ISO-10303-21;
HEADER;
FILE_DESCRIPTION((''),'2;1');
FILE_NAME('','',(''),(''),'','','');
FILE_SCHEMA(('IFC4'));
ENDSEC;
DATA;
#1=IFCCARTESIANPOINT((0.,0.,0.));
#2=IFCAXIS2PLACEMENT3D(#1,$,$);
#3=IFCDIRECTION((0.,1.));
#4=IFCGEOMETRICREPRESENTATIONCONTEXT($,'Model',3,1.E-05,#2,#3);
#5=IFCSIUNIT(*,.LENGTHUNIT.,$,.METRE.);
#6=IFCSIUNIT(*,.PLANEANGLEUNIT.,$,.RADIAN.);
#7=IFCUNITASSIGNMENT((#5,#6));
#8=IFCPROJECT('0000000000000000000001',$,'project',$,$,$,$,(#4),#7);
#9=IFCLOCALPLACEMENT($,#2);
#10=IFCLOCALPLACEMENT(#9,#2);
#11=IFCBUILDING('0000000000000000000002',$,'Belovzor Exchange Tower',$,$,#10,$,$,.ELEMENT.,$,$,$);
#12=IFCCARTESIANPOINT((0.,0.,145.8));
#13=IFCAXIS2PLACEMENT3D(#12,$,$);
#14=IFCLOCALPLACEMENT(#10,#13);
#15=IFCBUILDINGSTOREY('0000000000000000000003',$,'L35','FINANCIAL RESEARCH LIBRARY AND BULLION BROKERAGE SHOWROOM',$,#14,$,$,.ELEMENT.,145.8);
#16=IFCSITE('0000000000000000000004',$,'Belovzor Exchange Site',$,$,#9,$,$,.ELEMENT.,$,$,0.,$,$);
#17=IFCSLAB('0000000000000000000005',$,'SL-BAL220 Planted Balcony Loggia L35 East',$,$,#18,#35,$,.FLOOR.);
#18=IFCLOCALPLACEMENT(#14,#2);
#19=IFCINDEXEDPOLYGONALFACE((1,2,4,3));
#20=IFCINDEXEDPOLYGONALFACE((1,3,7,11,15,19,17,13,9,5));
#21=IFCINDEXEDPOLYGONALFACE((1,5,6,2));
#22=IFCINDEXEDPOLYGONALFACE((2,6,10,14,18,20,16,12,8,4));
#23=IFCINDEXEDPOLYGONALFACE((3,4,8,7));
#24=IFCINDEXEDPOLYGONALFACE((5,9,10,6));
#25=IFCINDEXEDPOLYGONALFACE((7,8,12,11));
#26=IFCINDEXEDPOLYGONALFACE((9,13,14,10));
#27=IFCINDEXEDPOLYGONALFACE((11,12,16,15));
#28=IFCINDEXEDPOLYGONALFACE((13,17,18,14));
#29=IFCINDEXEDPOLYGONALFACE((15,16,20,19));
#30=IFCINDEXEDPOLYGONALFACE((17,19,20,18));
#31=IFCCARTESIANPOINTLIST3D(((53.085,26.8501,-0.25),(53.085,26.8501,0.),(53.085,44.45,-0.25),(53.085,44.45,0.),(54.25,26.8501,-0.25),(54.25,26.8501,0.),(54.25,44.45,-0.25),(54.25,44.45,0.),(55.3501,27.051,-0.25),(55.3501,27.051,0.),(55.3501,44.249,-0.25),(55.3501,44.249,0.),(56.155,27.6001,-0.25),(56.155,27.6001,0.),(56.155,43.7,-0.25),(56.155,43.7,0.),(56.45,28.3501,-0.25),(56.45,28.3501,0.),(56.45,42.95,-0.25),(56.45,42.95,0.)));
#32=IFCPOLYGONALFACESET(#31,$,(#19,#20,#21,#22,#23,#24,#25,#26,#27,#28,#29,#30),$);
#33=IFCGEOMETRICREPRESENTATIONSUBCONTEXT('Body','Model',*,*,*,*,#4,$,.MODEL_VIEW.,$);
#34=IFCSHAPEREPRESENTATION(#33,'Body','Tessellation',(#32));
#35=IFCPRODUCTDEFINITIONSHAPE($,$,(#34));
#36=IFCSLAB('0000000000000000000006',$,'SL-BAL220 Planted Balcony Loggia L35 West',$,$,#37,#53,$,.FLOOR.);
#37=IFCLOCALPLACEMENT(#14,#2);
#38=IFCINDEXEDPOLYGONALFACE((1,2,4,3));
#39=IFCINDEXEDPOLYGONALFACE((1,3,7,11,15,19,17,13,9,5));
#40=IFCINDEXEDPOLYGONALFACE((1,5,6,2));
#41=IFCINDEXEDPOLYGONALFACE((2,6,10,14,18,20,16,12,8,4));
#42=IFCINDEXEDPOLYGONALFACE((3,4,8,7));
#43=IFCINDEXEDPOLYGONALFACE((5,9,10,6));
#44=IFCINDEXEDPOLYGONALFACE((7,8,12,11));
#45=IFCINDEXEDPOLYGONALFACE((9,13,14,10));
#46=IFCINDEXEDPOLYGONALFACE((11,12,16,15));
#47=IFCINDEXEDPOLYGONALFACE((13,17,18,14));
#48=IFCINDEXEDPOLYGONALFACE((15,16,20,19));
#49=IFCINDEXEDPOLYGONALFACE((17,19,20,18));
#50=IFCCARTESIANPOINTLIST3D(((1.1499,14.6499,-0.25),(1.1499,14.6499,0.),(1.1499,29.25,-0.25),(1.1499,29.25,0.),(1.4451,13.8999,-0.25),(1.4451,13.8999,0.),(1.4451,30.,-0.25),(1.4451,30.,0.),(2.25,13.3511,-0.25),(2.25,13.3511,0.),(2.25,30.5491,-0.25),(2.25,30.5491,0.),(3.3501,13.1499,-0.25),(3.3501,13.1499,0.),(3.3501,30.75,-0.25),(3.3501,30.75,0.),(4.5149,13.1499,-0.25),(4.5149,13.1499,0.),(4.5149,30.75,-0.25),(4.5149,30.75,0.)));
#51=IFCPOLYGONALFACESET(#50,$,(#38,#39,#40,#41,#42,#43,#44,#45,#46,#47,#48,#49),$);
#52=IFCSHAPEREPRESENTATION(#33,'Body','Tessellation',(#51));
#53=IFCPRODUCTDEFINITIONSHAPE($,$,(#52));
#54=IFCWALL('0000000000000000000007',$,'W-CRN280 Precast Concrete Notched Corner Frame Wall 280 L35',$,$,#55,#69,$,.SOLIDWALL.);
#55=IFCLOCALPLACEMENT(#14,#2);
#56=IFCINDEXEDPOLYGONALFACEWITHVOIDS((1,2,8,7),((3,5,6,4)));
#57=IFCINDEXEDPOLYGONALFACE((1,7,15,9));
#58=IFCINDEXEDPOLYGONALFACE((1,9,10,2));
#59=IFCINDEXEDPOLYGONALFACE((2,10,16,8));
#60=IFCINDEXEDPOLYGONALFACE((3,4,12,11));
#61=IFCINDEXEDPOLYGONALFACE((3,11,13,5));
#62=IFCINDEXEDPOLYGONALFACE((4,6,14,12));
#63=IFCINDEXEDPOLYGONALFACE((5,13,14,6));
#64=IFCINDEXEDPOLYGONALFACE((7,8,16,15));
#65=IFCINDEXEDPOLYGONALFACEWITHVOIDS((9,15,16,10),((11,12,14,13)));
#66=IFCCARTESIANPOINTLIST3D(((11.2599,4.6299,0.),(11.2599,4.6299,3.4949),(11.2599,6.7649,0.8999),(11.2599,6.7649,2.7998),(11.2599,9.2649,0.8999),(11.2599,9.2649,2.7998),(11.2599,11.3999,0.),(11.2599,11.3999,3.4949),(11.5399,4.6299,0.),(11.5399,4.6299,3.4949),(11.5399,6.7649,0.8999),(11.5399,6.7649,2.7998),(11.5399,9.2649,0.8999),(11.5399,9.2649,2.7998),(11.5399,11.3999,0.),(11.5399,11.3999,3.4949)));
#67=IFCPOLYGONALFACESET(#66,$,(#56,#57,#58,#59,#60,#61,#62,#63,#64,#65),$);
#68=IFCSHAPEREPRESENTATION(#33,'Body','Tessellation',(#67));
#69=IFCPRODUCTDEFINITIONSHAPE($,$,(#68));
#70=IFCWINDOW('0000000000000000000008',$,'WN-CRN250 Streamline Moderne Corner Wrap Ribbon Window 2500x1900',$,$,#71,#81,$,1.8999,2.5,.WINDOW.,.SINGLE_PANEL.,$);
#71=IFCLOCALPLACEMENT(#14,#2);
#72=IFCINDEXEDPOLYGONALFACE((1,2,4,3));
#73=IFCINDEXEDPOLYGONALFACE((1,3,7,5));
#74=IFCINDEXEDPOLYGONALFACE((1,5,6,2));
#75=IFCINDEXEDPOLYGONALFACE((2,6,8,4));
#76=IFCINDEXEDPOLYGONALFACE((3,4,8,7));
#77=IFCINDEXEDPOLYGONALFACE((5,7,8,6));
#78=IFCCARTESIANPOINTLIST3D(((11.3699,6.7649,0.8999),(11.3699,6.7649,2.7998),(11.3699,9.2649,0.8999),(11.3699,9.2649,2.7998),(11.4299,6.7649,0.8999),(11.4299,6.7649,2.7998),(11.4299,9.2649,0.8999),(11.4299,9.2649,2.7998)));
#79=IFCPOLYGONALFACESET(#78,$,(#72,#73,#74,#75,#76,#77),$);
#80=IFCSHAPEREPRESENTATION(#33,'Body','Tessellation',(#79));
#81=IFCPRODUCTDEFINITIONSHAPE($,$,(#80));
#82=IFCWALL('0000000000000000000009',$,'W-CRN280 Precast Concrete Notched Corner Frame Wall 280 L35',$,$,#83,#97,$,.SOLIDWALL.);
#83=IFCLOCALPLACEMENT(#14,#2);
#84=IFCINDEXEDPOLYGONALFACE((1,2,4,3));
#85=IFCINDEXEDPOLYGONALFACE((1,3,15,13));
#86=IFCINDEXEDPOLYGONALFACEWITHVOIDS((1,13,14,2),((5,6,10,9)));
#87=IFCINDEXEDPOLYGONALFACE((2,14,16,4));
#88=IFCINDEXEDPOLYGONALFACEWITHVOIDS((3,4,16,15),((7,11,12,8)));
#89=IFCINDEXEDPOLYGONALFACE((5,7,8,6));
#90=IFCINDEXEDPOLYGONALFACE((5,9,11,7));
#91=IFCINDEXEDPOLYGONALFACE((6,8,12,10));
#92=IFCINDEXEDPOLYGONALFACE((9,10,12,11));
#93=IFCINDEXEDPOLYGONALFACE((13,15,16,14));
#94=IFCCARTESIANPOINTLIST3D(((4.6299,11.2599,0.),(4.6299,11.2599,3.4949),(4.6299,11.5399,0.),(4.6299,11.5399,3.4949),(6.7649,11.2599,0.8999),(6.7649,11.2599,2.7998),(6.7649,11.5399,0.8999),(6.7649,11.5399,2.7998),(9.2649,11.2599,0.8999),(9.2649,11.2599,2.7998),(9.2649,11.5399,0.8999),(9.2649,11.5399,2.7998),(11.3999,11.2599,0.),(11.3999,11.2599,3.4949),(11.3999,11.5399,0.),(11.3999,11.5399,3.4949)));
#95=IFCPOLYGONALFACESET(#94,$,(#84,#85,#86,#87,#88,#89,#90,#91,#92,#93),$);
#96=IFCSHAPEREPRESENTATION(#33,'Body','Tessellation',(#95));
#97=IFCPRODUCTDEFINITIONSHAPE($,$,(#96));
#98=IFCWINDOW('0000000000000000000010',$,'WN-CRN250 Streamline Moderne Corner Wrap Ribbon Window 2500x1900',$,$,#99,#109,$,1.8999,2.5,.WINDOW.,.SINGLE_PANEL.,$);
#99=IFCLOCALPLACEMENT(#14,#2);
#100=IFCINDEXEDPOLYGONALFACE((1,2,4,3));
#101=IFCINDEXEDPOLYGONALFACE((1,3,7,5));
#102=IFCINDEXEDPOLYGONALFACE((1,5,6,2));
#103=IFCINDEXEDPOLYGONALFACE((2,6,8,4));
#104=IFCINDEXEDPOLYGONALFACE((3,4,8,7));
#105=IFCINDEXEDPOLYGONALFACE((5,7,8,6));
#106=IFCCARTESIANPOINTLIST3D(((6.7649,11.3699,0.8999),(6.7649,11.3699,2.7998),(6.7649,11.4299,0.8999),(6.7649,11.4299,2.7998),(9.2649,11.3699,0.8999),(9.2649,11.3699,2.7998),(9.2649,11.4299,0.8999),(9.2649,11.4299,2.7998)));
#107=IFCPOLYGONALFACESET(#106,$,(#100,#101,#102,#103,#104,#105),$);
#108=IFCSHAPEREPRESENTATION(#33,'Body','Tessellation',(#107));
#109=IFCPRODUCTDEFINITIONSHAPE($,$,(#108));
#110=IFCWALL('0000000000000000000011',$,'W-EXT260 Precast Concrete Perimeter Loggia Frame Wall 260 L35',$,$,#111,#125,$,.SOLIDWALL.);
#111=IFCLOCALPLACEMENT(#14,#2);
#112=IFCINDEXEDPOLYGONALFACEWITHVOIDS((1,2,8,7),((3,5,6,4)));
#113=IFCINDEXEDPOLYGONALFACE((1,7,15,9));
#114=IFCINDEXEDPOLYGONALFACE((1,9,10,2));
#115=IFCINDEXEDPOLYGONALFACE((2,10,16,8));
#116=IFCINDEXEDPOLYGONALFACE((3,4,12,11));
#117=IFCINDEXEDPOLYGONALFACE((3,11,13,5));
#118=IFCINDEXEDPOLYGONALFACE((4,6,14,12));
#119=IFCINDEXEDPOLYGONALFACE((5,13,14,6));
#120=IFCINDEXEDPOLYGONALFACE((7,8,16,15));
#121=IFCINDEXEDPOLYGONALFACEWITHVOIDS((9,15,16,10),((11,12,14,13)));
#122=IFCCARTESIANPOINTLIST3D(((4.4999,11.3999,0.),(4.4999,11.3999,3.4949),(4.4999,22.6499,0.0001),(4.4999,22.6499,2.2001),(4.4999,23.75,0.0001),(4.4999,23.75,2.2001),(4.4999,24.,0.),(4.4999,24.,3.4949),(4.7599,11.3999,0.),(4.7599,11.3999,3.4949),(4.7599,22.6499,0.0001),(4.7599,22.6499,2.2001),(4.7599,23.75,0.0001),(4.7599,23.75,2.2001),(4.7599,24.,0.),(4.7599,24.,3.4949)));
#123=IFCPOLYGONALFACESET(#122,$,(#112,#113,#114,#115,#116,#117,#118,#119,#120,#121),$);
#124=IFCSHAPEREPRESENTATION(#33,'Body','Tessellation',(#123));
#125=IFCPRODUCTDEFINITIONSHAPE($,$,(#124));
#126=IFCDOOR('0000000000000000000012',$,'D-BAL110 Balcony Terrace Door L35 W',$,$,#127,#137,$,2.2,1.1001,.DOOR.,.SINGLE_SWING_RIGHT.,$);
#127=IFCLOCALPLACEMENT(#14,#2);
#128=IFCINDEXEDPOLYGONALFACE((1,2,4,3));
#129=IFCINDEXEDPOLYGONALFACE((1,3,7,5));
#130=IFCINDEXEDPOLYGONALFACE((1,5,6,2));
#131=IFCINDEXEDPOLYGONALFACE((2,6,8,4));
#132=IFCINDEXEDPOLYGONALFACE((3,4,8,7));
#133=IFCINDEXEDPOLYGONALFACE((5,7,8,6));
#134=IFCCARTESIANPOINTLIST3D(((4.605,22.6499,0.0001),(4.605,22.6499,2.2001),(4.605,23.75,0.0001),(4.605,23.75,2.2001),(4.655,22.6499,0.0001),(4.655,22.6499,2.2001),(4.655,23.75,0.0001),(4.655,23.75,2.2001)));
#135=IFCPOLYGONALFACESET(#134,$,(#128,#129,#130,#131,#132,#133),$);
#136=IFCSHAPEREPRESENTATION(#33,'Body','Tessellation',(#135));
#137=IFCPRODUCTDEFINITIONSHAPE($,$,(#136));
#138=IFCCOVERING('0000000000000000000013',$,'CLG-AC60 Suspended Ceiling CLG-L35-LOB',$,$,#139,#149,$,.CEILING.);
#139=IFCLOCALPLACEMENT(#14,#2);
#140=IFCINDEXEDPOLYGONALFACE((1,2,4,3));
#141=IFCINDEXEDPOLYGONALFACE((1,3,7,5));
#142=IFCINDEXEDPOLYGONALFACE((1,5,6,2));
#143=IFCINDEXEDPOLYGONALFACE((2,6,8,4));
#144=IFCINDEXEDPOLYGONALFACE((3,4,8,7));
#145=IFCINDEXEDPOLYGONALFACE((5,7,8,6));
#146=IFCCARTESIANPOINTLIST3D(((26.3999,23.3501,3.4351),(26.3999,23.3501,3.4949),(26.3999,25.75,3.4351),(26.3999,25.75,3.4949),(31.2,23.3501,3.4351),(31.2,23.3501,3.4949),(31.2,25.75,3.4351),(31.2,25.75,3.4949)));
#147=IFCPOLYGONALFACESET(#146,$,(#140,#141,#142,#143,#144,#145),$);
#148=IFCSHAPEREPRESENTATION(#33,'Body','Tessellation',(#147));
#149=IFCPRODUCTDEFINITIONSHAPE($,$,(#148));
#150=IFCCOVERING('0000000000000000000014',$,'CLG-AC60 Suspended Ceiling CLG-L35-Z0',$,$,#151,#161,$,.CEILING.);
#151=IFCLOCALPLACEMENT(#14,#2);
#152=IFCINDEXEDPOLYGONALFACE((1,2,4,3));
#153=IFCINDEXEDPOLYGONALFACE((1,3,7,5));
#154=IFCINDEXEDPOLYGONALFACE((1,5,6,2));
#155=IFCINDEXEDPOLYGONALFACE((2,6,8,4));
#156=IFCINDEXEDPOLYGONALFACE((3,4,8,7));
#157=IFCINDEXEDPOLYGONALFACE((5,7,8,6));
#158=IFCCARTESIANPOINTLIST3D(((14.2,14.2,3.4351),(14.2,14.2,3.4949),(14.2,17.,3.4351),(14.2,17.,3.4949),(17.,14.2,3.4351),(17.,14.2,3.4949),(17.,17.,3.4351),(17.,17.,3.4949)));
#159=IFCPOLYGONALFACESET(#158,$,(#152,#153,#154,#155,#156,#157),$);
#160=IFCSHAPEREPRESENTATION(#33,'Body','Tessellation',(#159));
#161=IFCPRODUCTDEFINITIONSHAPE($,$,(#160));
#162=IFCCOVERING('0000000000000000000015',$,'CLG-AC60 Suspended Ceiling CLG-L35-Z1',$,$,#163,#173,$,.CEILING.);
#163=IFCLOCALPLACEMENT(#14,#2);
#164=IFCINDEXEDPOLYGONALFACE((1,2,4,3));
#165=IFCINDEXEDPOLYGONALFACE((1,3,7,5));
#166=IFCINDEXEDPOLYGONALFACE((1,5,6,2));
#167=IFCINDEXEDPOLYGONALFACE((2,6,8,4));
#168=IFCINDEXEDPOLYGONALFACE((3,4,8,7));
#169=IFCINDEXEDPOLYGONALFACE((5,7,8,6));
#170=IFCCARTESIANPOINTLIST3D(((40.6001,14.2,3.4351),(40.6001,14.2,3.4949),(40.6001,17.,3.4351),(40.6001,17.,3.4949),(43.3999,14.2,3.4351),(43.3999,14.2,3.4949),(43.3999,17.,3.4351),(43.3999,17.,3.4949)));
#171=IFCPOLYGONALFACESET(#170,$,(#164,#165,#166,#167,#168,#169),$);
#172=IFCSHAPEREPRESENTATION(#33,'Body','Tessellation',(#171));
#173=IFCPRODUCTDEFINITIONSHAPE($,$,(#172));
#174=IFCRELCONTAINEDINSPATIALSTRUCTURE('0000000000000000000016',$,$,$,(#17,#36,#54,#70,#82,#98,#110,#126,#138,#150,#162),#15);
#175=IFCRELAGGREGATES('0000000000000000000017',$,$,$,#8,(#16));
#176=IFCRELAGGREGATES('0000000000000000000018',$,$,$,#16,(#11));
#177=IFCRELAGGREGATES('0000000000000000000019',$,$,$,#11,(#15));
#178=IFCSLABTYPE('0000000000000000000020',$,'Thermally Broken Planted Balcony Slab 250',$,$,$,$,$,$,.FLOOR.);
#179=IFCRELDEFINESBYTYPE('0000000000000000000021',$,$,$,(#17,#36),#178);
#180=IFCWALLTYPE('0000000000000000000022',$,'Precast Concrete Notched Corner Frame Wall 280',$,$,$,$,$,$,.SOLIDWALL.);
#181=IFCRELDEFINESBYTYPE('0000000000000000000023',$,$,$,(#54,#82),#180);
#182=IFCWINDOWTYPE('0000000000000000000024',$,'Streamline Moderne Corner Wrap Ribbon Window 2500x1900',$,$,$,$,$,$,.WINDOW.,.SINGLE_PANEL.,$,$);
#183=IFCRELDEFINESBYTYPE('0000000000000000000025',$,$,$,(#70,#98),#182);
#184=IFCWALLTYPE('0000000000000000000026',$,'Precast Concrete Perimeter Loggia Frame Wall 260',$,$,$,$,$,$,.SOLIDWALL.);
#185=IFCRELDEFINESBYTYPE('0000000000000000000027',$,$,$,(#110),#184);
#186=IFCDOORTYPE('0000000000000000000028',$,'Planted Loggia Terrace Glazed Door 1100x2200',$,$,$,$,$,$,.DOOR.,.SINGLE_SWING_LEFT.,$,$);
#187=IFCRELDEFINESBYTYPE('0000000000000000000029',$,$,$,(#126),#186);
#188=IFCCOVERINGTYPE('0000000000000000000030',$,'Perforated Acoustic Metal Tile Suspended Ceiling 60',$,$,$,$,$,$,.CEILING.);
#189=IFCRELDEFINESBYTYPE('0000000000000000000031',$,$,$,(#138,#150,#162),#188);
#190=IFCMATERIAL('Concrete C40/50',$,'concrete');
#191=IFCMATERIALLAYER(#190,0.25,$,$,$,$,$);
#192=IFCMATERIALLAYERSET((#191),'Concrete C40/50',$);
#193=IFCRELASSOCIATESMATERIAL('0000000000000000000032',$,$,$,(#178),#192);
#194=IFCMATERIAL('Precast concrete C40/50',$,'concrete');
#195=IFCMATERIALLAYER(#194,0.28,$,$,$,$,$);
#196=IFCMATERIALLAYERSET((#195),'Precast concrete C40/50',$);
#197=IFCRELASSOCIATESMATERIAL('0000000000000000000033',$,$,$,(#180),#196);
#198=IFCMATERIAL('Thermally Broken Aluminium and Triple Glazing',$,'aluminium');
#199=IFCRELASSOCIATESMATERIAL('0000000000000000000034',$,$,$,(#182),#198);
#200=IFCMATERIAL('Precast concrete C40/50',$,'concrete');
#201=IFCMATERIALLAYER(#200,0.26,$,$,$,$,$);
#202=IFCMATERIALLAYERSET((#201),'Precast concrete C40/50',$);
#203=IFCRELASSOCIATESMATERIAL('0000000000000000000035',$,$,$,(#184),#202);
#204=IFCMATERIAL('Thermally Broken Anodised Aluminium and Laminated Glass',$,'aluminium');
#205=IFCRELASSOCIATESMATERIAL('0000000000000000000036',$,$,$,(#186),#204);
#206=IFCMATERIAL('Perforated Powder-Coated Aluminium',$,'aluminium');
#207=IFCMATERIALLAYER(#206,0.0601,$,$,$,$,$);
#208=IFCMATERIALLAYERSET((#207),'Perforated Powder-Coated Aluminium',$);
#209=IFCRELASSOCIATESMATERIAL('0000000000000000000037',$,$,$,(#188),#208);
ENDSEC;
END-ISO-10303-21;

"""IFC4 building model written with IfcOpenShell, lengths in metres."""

from ifc_helpers import new_model, si_unit, direction, frame, frame_2d, origin, place, context, subcontext, project, spatial, polyline, rectangle, outline, extrude, material, layer, layer_set, type_object, element, fill, save


model = new_model("IFC4")

# Units and contexts
model_context = context("Model", 3, precision=1e-05, world=origin(), true_north=direction((0.0, 1.0)))
body_context = subcontext(model_context, "Body", "Model", "MODEL_VIEW")
ifc_project = project(units=[si_unit("LENGTHUNIT", "METRE"), si_unit("PLANEANGLEUNIT", "RADIAN")], contexts=[model_context])

# Site, building, storey
site_placement = place(None, origin())
site = spatial("IfcSite", under=ifc_project, at=site_placement, Name="Belovzor Exchange Site", CompositionType="ELEMENT", RefElevation=0.0)
building_placement = place(site_placement, origin())
building = spatial("IfcBuilding", under=site, at=building_placement, Name="Belovzor Exchange Tower", CompositionType="ELEMENT")
storey_placement = place(building_placement, frame((0.0, 0.0, 145.8)))
storey = spatial("IfcBuildingStorey", under=building, at=storey_placement, Name="L35", Description="FINANCIAL RESEARCH LIBRARY AND BULLION BROKERAGE SHOWROOM", CompositionType="ELEMENT", Elevation=145.8)

# Slabs
ifc_material_1 = material(Name="Concrete C40/50", Category="concrete")
ifc_layer_1 = layer(ifc_material_1, 0.25)
ifc_layer_set_1 = layer_set([ifc_layer_1], Name="Concrete C40/50")
slab_type_1 = type_object("IfcSlabType", Name="Thermally Broken Planted Balcony Slab 250", PredefinedType="FLOOR", material=ifc_layer_set_1)
slab_1_placement = place(storey_placement, frame((0.0, 0.0, -0.25)))
element("IfcSlab", 1, at=slab_1_placement, inside=storey, type_object=slab_type_1, Name="SL-BAL220 Planted Balcony Loggia L35 East", PredefinedType="FLOOR", context=body_context, shape_type="SweptSolid", body=[
    extrude(outline(polyline([(53.085, 26.8501), (54.25, 26.8501), (55.3501, 27.051), (56.155, 27.6001), (56.45, 28.3501), (56.45, 42.95), (56.155, 43.7), (55.3501, 44.249), (54.25, 44.45), (53.085, 44.45), (53.085, 26.8501)])), origin(), (0.0, 0.0, 1.0), 0.25),
])
slab_2_placement = place(storey_placement, frame((0.0, 0.0, -0.25)))
element("IfcSlab", 2, at=slab_2_placement, inside=storey, type_object=slab_type_1, Name="SL-BAL220 Planted Balcony Loggia L35 West", PredefinedType="FLOOR", context=body_context, shape_type="SweptSolid", body=[
    extrude(outline(polyline([(4.5149, 30.75), (3.3501, 30.75), (2.25, 30.5491), (1.4451, 30.0), (1.1499, 29.25), (1.1499, 14.6499), (1.4451, 13.8999), (2.25, 13.3511), (3.3501, 13.1499), (4.5149, 13.1499), (4.5149, 30.75)])), origin(), (0.0, 0.0, 1.0), 0.25),
])

# Walls, openings, windows
ifc_material_2 = material(Name="Precast concrete C40/50", Category="concrete")
ifc_layer_2 = layer(ifc_material_2, 0.28)
ifc_layer_set_2 = layer_set([ifc_layer_2], Name="Precast concrete C40/50")
wall_type_1 = type_object("IfcWallType", Name="Precast Concrete Notched Corner Frame Wall 280", PredefinedType="SOLIDWALL", material=ifc_layer_set_2)
wall_1_placement = place(storey_placement, frame((11.3999, 4.6299, 0.0), z_axis=(0.0, 0.0, 1.0), x_axis=(0.0, 1.0, 0.0)))
wall_1 = element("IfcWall", 3, at=wall_1_placement, inside=storey, type_object=wall_type_1, Name="W-CRN280 Precast Concrete Notched Corner Frame Wall 280 L35", PredefinedType="SOLIDWALL", context=body_context, shape_type="SweptSolid", body=[
    extrude(rectangle(XDim=6.77, YDim=0.28, at=frame_2d((3.385, 0.0))), origin(), (0.0, 0.0, 1.0), 3.4949),
])
opening_1_placement = place(wall_1_placement, frame((2.135, 0.0, 0.8999)))
opening_1 = element("IfcOpeningElement", 4, at=opening_1_placement, cuts=wall_1, PredefinedType="OPENING", context=body_context, shape_type="SweptSolid", body=[
    extrude(rectangle(XDim=2.5, YDim=1.8999, at=frame_2d((1.25, 0.95))), frame((0.0, 0.1499, 0.0), z_axis=(0.0, -1.0, 0.0), x_axis=(1.0, 0.0, 0.0)), (0.0, 0.0, 1.0), 0.3),
])
ifc_material_3 = material(Name="Thermally Broken Aluminium and Triple Glazing", Category="aluminium")
window_type = type_object("IfcWindowType", Name="Streamline Moderne Corner Wrap Ribbon Window 2500x1900", PartitioningType="SINGLE_PANEL", PredefinedType="WINDOW", material=ifc_material_3)
window_1_placement = place(opening_1_placement, origin())
window_1 = element("IfcWindow", 5, at=window_1_placement, inside=storey, type_object=window_type, Name="WN-CRN250 Streamline Moderne Corner Wrap Ribbon Window 2500x1900", OverallHeight=1.8999, OverallWidth=2.5, PartitioningType="SINGLE_PANEL", PredefinedType="WINDOW", context=body_context, shape_type="SweptSolid", body=[
    extrude(rectangle(XDim=2.5, YDim=1.8999, at=frame_2d((1.25, 0.95))), frame((0.0, 0.03, 0.0), z_axis=(0.0, -1.0, 0.0), x_axis=(1.0, 0.0, 0.0)), (0.0, 0.0, 1.0), 0.0601),
])
fill(opening_1, window_1)
wall_2_placement = place(storey_placement, frame((11.3999, 11.3999, 0.0), z_axis=(0.0, 0.0, 1.0), x_axis=(-1.0, 0.0, 0.0)))
wall_2 = element("IfcWall", 6, at=wall_2_placement, inside=storey, type_object=wall_type_1, Name="W-CRN280 Precast Concrete Notched Corner Frame Wall 280 L35", PredefinedType="SOLIDWALL", context=body_context, shape_type="SweptSolid", body=[
    extrude(rectangle(XDim=6.77, YDim=0.28, at=frame_2d((3.385, 0.0))), origin(), (0.0, 0.0, 1.0), 3.4949),
])
opening_2_placement = place(wall_2_placement, frame((2.135, 0.0, 0.8999)))
opening_2 = element("IfcOpeningElement", 7, at=opening_2_placement, cuts=wall_2, PredefinedType="OPENING", context=body_context, shape_type="SweptSolid", body=[
    extrude(rectangle(XDim=2.5, YDim=1.8999, at=frame_2d((1.25, 0.95))), frame((0.0, 0.1499, 0.0), z_axis=(0.0, -1.0, 0.0), x_axis=(1.0, 0.0, 0.0)), (0.0, 0.0, 1.0), 0.3),
])
window_2_placement = place(opening_2_placement, origin())
window_2 = element("IfcWindow", 8, at=window_2_placement, inside=storey, type_object=window_type, Name="WN-CRN250 Streamline Moderne Corner Wrap Ribbon Window 2500x1900", OverallHeight=1.8999, OverallWidth=2.5, PartitioningType="SINGLE_PANEL", PredefinedType="WINDOW", context=body_context, shape_type="SweptSolid", body=[
    extrude(rectangle(XDim=2.5, YDim=1.8999, at=frame_2d((1.25, 0.95))), frame((0.0, 0.03, 0.0), z_axis=(0.0, -1.0, 0.0), x_axis=(1.0, 0.0, 0.0)), (0.0, 0.0, 1.0), 0.0601),
])
fill(opening_2, window_2)

# Wall, opening, door
ifc_material_4 = material(Name="Precast concrete C40/50", Category="concrete")
ifc_layer_3 = layer(ifc_material_4, 0.26)
ifc_layer_set_3 = layer_set([ifc_layer_3], Name="Precast concrete C40/50")
wall_type_2 = type_object("IfcWallType", Name="Precast Concrete Perimeter Loggia Frame Wall 260", PredefinedType="SOLIDWALL", material=ifc_layer_set_3)
wall_3_placement = place(storey_placement, frame((4.6299, 11.3999, 0.0), z_axis=(0.0, 0.0, 1.0), x_axis=(0.0, 1.0, 0.0)))
wall_3 = element("IfcWall", 9, at=wall_3_placement, inside=storey, type_object=wall_type_2, Name="W-EXT260 Precast Concrete Perimeter Loggia Frame Wall 260 L35", PredefinedType="SOLIDWALL", context=body_context, shape_type="SweptSolid", body=[
    extrude(rectangle(XDim=12.6001, YDim=0.26, at=frame_2d((6.3, 0.0))), origin(), (0.0, 0.0, 1.0), 3.4949),
])
opening_3_placement = place(wall_3_placement, frame((11.25, 0.0, 0.0)))
opening_3 = element("IfcOpeningElement", 10, at=opening_3_placement, cuts=wall_3, PredefinedType="OPENING", context=body_context, shape_type="SweptSolid", body=[
    extrude(rectangle(XDim=1.1001, YDim=2.2, at=frame_2d((0.55, 1.1001))), frame((0.0, 0.1399, 0.0), z_axis=(0.0, -1.0, 0.0), x_axis=(1.0, 0.0, 0.0)), (0.0, 0.0, 1.0), 0.28),
])
ifc_material_5 = material(Name="Thermally Broken Anodised Aluminium and Laminated Glass", Category="aluminium")
door_type = type_object("IfcDoorType", Name="Planted Loggia Terrace Glazed Door 1100x2200", OperationType="SINGLE_SWING_LEFT", PredefinedType="DOOR", material=ifc_material_5)
door_placement = place(opening_3_placement, origin())
door = element("IfcDoor", 11, at=door_placement, inside=storey, type_object=door_type, Name="D-BAL110 Balcony Terrace Door L35 W", OperationType="SINGLE_SWING_RIGHT", OverallHeight=2.2, OverallWidth=1.1001, PredefinedType="DOOR", context=body_context, shape_type="SweptSolid", body=[
    extrude(rectangle(XDim=1.1001, YDim=2.2, at=frame_2d((0.55, 1.1001))), frame((0.0, 0.0249, 0.0), z_axis=(0.0, -1.0, 0.0), x_axis=(1.0, 0.0, 0.0)), (0.0, 0.0, 1.0), 0.05),
])
fill(opening_3, door)

# Coverings
ifc_material_6 = material(Name="Perforated Powder-Coated Aluminium", Category="aluminium")
ifc_layer_4 = layer(ifc_material_6, 0.0601)
ifc_layer_set_4 = layer_set([ifc_layer_4], Name="Perforated Powder-Coated Aluminium")
covering_type_1 = type_object("IfcCoveringType", Name="Perforated Acoustic Metal Tile Suspended Ceiling 60", PredefinedType="CEILING", material=ifc_layer_set_4)
covering_1_placement = place(storey_placement, frame((0.0, 0.0, 3.4351)))
element("IfcCovering", 12, at=covering_1_placement, inside=storey, type_object=covering_type_1, Name="CLG-AC60 Suspended Ceiling CLG-L35-LOB", PredefinedType="CEILING", context=body_context, shape_type="SweptSolid", body=[
    extrude(outline(polyline([(26.3999, 23.3501), (31.2, 23.3501), (31.2, 25.75), (26.3999, 25.75), (26.3999, 23.3501)])), origin(), (0.0, 0.0, 1.0), 0.0598),
])
covering_2_placement = place(storey_placement, frame((0.0, 0.0, 3.4351)))
element("IfcCovering", 13, at=covering_2_placement, inside=storey, type_object=covering_type_1, Name="CLG-AC60 Suspended Ceiling CLG-L35-Z0", PredefinedType="CEILING", context=body_context, shape_type="SweptSolid", body=[
    extrude(outline(polyline([(14.2, 14.2), (17.0, 14.2), (17.0, 17.0), (14.2, 17.0), (14.2, 14.2)])), origin(), (0.0, 0.0, 1.0), 0.0598),
])
covering_3_placement = place(storey_placement, frame((0.0, 0.0, 3.4351)))
element("IfcCovering", 14, at=covering_3_placement, inside=storey, type_object=covering_type_1, Name="CLG-AC60 Suspended Ceiling CLG-L35-Z1", PredefinedType="CEILING", context=body_context, shape_type="SweptSolid", body=[
    extrude(outline(polyline([(40.6001, 14.2), (43.3999, 14.2), (43.3999, 17.0), (40.6001, 17.0), (40.6001, 14.2)])), origin(), (0.0, 0.0, 1.0), 0.0598),
])

save(model, "model.ifc")
